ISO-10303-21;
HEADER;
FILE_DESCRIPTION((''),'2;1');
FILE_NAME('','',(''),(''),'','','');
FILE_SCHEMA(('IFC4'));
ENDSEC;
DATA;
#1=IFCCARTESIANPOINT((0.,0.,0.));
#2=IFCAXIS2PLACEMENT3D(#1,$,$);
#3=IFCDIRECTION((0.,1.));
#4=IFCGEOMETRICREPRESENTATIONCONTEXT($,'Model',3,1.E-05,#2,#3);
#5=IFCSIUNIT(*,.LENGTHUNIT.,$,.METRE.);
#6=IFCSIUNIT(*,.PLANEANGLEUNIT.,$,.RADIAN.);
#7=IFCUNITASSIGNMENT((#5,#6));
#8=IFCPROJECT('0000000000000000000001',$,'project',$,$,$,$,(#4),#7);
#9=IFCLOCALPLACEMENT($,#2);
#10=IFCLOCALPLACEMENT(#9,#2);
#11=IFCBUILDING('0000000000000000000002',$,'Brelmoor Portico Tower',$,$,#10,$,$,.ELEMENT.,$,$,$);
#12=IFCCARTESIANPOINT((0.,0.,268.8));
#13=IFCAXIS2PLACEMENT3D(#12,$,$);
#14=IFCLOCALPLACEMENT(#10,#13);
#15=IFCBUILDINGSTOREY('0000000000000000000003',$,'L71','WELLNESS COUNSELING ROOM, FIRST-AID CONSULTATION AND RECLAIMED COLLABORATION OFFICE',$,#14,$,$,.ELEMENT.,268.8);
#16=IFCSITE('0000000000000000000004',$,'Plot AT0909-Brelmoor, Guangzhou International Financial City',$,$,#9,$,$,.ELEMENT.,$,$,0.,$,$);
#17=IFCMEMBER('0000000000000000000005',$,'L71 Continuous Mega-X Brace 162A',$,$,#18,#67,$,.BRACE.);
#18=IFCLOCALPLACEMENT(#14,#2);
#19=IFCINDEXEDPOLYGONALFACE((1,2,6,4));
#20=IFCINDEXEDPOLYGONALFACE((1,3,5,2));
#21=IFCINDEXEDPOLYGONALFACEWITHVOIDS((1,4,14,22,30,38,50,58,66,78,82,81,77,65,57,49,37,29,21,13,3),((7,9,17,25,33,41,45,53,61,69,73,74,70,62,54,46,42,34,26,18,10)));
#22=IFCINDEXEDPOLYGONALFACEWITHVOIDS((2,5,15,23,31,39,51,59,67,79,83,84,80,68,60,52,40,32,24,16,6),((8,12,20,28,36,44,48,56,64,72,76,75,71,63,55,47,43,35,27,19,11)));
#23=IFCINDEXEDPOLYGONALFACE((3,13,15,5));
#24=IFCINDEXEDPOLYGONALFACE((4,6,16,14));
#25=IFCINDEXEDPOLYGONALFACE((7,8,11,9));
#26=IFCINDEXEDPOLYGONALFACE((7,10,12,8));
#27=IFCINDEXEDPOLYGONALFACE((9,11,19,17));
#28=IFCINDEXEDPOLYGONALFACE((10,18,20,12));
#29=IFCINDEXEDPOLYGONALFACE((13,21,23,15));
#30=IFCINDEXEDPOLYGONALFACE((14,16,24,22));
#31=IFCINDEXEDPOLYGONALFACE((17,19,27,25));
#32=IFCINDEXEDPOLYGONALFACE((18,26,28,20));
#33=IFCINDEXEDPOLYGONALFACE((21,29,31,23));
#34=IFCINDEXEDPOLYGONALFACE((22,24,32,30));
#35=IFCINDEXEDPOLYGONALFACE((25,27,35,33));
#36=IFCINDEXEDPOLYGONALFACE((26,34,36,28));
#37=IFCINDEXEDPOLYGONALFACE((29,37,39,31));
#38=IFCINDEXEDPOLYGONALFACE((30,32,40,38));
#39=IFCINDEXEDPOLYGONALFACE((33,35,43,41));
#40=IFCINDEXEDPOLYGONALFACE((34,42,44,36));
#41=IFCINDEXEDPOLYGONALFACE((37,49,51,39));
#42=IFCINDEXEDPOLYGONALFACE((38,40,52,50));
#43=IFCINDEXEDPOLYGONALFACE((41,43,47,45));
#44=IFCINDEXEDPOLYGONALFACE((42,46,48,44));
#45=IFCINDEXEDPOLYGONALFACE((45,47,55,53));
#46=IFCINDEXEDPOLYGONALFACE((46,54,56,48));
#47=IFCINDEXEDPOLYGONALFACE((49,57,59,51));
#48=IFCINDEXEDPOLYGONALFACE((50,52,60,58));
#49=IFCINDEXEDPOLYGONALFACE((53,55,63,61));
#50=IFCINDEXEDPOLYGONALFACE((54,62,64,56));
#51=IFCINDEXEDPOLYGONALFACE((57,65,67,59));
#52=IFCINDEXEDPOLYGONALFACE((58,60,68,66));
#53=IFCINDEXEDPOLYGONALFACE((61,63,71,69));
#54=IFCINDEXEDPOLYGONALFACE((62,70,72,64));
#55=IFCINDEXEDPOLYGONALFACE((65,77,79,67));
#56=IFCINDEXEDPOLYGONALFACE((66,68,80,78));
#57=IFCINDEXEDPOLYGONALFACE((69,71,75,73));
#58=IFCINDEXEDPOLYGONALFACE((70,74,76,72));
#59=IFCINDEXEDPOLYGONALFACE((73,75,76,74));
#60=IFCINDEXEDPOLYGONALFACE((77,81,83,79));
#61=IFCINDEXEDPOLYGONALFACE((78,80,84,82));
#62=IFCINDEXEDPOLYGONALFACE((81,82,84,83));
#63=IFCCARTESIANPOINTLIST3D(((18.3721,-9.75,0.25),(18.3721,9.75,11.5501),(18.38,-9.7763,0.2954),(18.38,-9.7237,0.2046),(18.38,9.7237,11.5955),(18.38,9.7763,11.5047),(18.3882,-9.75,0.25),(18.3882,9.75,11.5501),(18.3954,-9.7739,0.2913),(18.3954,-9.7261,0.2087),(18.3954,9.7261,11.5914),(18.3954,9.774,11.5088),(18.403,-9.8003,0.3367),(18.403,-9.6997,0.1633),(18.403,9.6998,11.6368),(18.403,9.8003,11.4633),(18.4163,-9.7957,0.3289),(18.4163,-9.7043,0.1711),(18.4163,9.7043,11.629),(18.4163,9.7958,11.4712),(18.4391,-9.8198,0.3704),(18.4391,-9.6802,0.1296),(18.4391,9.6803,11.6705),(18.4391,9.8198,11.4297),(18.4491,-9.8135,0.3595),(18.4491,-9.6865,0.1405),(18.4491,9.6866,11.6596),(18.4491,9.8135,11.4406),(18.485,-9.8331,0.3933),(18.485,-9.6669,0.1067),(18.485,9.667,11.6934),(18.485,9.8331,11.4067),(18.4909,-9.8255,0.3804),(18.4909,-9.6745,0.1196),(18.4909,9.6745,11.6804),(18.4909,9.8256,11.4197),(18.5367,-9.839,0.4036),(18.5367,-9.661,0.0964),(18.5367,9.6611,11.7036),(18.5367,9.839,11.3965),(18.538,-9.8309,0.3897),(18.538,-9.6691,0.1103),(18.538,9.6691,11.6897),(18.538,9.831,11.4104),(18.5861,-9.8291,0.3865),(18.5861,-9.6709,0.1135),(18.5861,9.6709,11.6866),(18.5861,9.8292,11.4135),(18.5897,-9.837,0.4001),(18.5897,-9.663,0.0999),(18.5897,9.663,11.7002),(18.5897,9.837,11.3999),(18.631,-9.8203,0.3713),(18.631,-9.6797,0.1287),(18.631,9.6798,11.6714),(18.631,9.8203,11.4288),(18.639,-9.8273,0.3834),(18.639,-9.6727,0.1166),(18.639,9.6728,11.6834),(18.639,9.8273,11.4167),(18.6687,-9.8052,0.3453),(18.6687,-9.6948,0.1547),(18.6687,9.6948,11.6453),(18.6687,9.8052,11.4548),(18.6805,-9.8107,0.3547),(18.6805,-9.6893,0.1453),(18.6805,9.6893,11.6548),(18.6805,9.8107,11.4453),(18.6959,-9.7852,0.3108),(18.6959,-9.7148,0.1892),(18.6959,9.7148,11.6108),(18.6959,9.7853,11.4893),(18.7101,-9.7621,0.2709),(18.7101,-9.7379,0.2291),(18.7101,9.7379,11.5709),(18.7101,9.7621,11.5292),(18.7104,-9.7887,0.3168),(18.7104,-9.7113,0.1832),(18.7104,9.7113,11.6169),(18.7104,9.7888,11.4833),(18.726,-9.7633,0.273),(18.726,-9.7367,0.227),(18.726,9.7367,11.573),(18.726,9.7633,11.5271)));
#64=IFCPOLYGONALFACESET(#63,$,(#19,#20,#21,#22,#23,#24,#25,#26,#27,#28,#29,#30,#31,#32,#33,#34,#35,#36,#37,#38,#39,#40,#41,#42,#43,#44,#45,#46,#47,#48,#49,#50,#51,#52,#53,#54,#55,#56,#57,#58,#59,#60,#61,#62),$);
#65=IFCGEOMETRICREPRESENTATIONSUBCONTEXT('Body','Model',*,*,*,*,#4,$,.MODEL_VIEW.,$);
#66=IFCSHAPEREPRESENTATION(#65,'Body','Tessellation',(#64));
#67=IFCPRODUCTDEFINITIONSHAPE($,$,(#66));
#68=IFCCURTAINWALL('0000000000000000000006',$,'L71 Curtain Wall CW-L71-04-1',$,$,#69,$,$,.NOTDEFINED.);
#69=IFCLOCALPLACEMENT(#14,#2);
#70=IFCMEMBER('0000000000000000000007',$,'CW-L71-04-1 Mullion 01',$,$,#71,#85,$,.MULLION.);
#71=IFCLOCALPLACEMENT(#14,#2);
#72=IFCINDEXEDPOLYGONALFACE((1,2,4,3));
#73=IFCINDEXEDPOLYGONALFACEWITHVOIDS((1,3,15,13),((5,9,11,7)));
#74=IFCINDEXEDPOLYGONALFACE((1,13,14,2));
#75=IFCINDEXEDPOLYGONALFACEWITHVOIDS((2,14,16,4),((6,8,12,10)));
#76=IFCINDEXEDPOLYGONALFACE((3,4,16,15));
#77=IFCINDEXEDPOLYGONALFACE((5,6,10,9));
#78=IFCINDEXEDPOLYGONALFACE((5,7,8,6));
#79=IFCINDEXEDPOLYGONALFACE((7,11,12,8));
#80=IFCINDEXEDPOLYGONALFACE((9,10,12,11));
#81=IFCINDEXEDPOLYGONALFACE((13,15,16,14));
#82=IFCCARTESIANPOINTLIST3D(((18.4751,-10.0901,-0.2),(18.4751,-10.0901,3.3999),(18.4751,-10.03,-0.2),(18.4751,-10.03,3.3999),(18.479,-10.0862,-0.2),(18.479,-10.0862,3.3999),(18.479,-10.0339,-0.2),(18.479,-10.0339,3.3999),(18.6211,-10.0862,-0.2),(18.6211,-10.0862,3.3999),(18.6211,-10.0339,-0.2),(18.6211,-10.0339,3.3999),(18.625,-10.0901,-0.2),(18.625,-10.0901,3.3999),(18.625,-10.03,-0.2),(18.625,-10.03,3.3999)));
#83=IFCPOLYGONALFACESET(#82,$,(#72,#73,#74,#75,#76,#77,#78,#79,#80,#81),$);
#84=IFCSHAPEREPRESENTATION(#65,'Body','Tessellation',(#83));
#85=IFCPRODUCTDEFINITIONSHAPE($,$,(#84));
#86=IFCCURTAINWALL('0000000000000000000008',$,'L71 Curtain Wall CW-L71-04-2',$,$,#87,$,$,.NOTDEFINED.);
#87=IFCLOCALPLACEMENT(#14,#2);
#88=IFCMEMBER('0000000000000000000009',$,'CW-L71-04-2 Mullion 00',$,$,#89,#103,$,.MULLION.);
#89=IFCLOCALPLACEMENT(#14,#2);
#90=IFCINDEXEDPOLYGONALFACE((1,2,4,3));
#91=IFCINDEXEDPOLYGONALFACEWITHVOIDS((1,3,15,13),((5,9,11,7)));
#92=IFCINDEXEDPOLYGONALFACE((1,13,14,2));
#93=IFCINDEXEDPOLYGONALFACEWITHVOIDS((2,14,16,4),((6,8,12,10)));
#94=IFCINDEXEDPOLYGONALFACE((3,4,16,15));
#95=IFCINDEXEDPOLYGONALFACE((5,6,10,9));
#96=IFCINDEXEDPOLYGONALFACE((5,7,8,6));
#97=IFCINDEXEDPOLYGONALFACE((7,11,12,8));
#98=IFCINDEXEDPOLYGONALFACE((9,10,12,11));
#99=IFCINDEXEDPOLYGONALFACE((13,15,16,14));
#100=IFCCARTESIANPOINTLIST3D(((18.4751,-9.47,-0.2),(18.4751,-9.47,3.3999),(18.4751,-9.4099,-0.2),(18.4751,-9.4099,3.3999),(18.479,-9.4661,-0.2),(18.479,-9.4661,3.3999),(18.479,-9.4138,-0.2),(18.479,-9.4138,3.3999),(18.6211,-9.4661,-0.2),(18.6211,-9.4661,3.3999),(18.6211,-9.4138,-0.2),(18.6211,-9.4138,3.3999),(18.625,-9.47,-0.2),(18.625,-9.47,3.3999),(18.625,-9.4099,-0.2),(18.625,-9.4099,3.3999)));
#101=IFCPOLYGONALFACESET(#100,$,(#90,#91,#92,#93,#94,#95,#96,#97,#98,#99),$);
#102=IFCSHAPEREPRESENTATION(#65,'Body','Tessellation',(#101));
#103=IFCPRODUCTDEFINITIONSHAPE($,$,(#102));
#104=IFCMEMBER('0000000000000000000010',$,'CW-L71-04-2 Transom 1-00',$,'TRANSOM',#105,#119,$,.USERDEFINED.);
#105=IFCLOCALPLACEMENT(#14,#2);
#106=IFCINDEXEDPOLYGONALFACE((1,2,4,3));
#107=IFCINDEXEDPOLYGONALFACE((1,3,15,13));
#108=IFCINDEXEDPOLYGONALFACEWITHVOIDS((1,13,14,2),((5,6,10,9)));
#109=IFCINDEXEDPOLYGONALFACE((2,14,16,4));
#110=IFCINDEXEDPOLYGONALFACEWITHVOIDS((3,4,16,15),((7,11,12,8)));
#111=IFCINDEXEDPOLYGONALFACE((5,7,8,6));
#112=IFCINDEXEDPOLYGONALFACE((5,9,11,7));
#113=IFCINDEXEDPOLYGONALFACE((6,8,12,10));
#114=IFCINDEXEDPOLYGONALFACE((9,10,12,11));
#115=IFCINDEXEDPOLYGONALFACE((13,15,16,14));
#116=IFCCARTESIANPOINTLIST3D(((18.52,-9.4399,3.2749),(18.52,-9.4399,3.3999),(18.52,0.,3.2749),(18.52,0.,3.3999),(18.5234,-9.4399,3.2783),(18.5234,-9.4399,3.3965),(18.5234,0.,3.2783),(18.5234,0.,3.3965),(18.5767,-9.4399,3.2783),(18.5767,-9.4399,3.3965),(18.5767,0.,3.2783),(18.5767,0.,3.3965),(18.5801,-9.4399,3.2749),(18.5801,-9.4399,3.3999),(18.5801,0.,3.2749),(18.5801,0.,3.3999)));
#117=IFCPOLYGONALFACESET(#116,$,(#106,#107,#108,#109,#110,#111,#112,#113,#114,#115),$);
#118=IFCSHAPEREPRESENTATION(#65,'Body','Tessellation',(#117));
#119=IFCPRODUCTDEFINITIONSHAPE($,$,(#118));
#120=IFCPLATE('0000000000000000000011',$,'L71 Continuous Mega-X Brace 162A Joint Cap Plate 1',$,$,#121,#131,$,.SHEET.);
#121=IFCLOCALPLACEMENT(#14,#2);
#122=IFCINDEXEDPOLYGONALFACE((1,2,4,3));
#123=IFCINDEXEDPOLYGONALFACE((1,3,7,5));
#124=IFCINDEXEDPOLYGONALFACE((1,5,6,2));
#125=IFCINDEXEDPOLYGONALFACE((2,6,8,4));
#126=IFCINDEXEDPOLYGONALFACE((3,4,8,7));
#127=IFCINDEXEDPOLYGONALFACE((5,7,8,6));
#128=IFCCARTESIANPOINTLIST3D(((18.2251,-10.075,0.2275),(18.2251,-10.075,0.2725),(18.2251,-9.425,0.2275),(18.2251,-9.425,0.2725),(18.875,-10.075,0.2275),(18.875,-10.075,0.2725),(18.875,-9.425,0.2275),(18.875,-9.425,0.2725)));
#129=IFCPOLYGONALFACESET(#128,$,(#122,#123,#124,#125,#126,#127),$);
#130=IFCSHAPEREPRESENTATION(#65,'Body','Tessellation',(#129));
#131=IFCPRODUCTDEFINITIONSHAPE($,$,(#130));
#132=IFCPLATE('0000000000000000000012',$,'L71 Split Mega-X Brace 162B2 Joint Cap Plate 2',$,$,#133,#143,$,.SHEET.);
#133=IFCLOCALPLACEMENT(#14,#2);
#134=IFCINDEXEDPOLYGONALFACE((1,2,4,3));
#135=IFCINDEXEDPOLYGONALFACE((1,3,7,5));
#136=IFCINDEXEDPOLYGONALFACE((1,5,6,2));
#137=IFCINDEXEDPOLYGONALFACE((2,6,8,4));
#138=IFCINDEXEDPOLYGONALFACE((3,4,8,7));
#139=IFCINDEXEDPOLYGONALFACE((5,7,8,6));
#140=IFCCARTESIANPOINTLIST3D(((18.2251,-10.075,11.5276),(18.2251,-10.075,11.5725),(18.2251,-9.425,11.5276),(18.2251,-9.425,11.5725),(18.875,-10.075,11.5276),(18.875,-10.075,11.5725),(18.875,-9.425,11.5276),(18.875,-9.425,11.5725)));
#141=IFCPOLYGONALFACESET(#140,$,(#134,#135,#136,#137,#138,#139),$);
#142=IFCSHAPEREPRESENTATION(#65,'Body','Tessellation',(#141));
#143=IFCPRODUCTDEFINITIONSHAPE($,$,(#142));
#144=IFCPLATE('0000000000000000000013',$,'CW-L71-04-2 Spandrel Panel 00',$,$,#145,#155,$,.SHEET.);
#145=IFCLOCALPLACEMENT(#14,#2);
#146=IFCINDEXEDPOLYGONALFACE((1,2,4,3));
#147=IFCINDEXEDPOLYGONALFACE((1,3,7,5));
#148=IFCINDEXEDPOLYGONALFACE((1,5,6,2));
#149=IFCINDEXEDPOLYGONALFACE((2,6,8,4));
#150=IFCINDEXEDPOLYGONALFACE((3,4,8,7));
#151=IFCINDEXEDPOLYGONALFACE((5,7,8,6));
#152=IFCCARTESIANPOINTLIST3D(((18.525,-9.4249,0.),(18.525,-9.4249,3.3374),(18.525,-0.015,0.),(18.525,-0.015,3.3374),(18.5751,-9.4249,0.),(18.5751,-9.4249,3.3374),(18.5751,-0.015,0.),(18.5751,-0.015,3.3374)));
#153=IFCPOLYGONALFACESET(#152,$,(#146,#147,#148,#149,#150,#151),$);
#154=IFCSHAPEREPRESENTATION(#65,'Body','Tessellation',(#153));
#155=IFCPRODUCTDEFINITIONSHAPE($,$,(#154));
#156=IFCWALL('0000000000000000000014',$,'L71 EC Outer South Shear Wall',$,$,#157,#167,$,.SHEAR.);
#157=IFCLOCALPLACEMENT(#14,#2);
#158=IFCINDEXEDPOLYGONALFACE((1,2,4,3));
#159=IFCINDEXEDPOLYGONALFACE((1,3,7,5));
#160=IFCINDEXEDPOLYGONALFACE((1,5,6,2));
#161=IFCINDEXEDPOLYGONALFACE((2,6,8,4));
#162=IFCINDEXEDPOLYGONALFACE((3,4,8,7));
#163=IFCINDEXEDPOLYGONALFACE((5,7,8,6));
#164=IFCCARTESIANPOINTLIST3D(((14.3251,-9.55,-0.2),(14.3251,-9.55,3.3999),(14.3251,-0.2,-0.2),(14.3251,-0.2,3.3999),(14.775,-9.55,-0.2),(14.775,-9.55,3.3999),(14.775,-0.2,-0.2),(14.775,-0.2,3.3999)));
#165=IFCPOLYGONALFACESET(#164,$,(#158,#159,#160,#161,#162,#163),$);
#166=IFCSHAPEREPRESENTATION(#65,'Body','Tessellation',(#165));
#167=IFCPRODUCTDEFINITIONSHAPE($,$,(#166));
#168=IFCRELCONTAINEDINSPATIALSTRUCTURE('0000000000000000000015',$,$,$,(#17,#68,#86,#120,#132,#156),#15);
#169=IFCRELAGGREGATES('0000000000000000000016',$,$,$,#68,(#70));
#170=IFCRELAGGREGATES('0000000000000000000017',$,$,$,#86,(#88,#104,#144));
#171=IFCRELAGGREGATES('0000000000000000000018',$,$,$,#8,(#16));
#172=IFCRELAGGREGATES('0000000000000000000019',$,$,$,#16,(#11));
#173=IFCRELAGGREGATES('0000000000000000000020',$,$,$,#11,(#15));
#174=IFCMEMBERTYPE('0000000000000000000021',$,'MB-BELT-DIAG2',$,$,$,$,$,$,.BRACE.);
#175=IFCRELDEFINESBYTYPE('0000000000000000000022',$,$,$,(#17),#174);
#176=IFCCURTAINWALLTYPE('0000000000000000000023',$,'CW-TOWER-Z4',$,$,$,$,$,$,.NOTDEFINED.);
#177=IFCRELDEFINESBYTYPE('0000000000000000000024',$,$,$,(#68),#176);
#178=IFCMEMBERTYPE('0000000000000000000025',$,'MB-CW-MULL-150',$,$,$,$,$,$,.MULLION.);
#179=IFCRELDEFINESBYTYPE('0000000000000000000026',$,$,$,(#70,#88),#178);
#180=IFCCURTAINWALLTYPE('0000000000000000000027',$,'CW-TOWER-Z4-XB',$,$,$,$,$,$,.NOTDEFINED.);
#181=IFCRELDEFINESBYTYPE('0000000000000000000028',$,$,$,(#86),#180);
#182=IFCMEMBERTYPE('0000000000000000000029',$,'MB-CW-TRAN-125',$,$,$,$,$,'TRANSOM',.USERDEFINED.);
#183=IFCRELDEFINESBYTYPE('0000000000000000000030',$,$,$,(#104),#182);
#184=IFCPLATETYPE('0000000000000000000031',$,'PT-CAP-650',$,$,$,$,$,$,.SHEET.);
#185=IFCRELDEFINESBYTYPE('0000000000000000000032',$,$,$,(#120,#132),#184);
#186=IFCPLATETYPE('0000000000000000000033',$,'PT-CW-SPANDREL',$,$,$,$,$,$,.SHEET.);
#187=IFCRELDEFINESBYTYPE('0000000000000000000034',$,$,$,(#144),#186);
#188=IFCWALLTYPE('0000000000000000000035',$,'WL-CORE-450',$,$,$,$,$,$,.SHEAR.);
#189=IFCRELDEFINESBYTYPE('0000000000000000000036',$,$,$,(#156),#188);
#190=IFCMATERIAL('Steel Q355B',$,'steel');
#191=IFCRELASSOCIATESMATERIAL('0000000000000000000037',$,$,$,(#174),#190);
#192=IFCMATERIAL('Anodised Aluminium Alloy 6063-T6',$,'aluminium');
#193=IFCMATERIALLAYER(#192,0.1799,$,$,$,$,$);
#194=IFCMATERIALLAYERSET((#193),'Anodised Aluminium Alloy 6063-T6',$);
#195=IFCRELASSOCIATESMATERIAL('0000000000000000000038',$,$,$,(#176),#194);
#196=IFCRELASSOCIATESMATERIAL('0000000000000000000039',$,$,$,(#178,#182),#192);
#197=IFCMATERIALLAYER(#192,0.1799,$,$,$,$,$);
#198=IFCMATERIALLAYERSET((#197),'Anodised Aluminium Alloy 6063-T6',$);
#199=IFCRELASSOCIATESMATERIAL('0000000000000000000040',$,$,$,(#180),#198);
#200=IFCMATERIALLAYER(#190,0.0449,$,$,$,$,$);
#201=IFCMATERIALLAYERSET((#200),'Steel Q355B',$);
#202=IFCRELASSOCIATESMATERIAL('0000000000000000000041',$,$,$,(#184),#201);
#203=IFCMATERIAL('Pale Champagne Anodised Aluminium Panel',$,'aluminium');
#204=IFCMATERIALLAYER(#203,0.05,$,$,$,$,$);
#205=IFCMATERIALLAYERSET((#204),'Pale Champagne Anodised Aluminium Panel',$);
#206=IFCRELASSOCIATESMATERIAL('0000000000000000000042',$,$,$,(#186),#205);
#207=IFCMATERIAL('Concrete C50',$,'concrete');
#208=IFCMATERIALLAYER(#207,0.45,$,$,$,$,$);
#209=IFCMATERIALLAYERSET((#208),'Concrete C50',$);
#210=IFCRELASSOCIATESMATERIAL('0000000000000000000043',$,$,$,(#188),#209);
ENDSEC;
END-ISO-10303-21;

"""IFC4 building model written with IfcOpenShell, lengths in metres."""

from ifc_helpers import new_model, si_unit, direction, frame, frame_2d, origin, origin_2d, place, context, subcontext, project, spatial, rectangle, hollow_rectangle, hollow_circle, extrude, material, layer, layer_set, material_profile, profile_set, type_object, element, aggregate, save


model = new_model("IFC4")

# Units and contexts
model_context = context("Model", 3, precision=1e-05, world=origin(), true_north=direction((0.0, 1.0)))
body_context = subcontext(model_context, "Body", "Model", "MODEL_VIEW")
ifc_project = project(units=[si_unit("LENGTHUNIT", "METRE"), si_unit("PLANEANGLEUNIT", "RADIAN")], contexts=[model_context])

# Site, building, storey
site_placement = place(None, origin())
site = spatial("IfcSite", under=ifc_project, at=site_placement, Name="Plot AT0909-Brelmoor, Guangzhou International Financial City", CompositionType="ELEMENT", RefElevation=0.0)
building_placement = place(site_placement, origin())
building = spatial("IfcBuilding", under=site, at=building_placement, Name="Brelmoor Portico Tower", CompositionType="ELEMENT")
storey_placement = place(building_placement, frame((0.0, 0.0, 268.8)))
storey = spatial("IfcBuildingStorey", under=building, at=storey_placement, Name="L71", Description="WELLNESS COUNSELING ROOM, FIRST-AID CONSULTATION AND RECLAIMED COLLABORATION OFFICE", CompositionType="ELEMENT", Elevation=268.8)

# Shared definitions
ifc_material_1 = material(Name="Steel Q355B", Category="steel")

# Member
ifc_material_profile_1 = material_profile(ifc_material_1, hollow_circle(Radius=0.178, WallThickness=0.0161, at=origin_2d()), Name="CHS 356x16")
ifc_profile_set_1 = profile_set([ifc_material_profile_1], Name="Steel Q355B")
member_type_1 = type_object("IfcMemberType", Name="MB-BELT-DIAG2", PredefinedType="BRACE", material=ifc_profile_set_1)
member_1_placement = place(storey_placement, frame((18.55, -9.75, 0.25), z_axis=(0.0, 0.865223, 0.501388), x_axis=(-1.0, 0.0, 0.0)))
element("IfcMember", 1, at=member_1_placement, inside=storey, type_object=member_type_1, Name="L71 Continuous Mega-X Brace 162A", PredefinedType="BRACE", context=body_context, shape_type="SweptSolid", body=[
    extrude(hollow_circle(Radius=0.178, WallThickness=0.0161, at=origin_2d()), origin(), (0.0, 0.0, 1.0), 22.5376),
])

# Curtain wall, member
ifc_material_2 = material(Name="Anodised Aluminium Alloy 6063-T6", Category="aluminium")
ifc_layer_1 = layer(ifc_material_2, 0.1799)
ifc_layer_set_1 = layer_set([ifc_layer_1], Name="Anodised Aluminium Alloy 6063-T6")
curtain_wall_type_1 = type_object("IfcCurtainWallType", Name="CW-TOWER-Z4", PredefinedType="NOTDEFINED", material=ifc_layer_set_1)
curtain_wall_1_placement = place(storey_placement, origin())
curtain_wall_1 = element("IfcCurtainWall", 2, at=curtain_wall_1_placement, inside=storey, type_object=curtain_wall_type_1, Name="L71 Curtain Wall CW-L71-04-1", PredefinedType="NOTDEFINED")
ifc_material_profile_2 = material_profile(ifc_material_2, hollow_rectangle(XDim=0.0601, YDim=0.1499, WallThickness=0.0039, at=origin_2d()), Name="ALU MULLION 60x150")
ifc_profile_set_2 = profile_set([ifc_material_profile_2], Name="Anodised Aluminium Alloy 6063-T6")
member_type_2 = type_object("IfcMemberType", Name="MB-CW-MULL-150", PredefinedType="MULLION", material=ifc_profile_set_2)
member_2_placement = place(storey_placement, frame((18.55, -10.0601, -0.2), z_axis=(0.0, 0.0, 1.0), x_axis=(0.0, 1.0, 0.0)))
member_2 = element("IfcMember", 3, at=member_2_placement, type_object=member_type_2, Name="CW-L71-04-1 Mullion 01", PredefinedType="MULLION", context=body_context, shape_type="SweptSolid", body=[
    extrude(hollow_rectangle(XDim=0.0601, YDim=0.1499, WallThickness=0.0039, at=origin_2d()), origin(), (0.0, 0.0, 1.0), 3.5999),
])
aggregate(curtain_wall_1, [member_2])

# Curtain wall, members
ifc_layer_2 = layer(ifc_material_2, 0.1799)
ifc_layer_set_2 = layer_set([ifc_layer_2], Name="Anodised Aluminium Alloy 6063-T6")
curtain_wall_type_2 = type_object("IfcCurtainWallType", Name="CW-TOWER-Z4-XB", PredefinedType="NOTDEFINED", material=ifc_layer_set_2)
curtain_wall_2_placement = place(storey_placement, origin())
curtain_wall_2 = element("IfcCurtainWall", 4, at=curtain_wall_2_placement, inside=storey, type_object=curtain_wall_type_2, Name="L71 Curtain Wall CW-L71-04-2", PredefinedType="NOTDEFINED")
member_3_placement = place(storey_placement, frame((18.55, -9.4399, -0.2), z_axis=(0.0, 0.0, 1.0), x_axis=(0.0, 1.0, 0.0)))
member_3 = element("IfcMember", 5, at=member_3_placement, type_object=member_type_2, Name="CW-L71-04-2 Mullion 00", PredefinedType="MULLION", context=body_context, shape_type="SweptSolid", body=[
    extrude(hollow_rectangle(XDim=0.0601, YDim=0.1499, WallThickness=0.0039, at=origin_2d()), origin(), (0.0, 0.0, 1.0), 3.5999),
])
ifc_material_profile_3 = material_profile(ifc_material_2, hollow_rectangle(XDim=0.0601, YDim=0.125, WallThickness=0.0034, at=origin_2d()), Name="ALU TRANSOM 60x125")
ifc_profile_set_3 = profile_set([ifc_material_profile_3], Name="Anodised Aluminium Alloy 6063-T6")
member_type_3 = type_object("IfcMemberType", Name="MB-CW-TRAN-125", ElementType="TRANSOM", PredefinedType="USERDEFINED", material=ifc_profile_set_3)
member_4_placement = place(storey_placement, frame((18.55, -9.4399, 3.3374), z_axis=(0.0, 1.0, 0.0), x_axis=(-1.0, 0.0, 0.0)))
member_4 = element("IfcMember", 6, at=member_4_placement, type_object=member_type_3, Name="CW-L71-04-2 Transom 1-00", ObjectType="TRANSOM", PredefinedType="USERDEFINED", context=body_context, shape_type="SweptSolid", body=[
    extrude(hollow_rectangle(XDim=0.0601, YDim=0.125, WallThickness=0.0034, at=origin_2d()), origin(), (0.0, 0.0, 1.0), 9.4399),
])

# Plates
ifc_layer_3 = layer(ifc_material_1, 0.0449)
ifc_layer_set_3 = layer_set([ifc_layer_3], Name="Steel Q355B")
plate_type_1 = type_object("IfcPlateType", Name="PT-CAP-650", PredefinedType="SHEET", material=ifc_layer_set_3)
for number, where, z_axis, x_axis, name in (
    (7, (18.55, -9.75, 0.2275), (0.0, 0.0, 1.0), (1.0, 0.0, 0.0), "L71 Continuous Mega-X Brace 162A Joint Cap Plate 1"),
    (8, (18.55, -9.75, 11.5276), (0.0, 0.0, 1.0), (1.0, 0.0, 0.0), "L71 Split Mega-X Brace 162B2 Joint Cap Plate 2"),
):
    element("IfcPlate", number, at=place(storey_placement, frame(where, z_axis=z_axis, x_axis=x_axis)), inside=storey, type_object=plate_type_1, Name=name, PredefinedType="SHEET", context=body_context, shape_type="SweptSolid", body=[
        extrude(rectangle(XDim=0.6499, YDim=0.6499, at=origin_2d()), origin(), (0.0, 0.0, 1.0), 0.0449),
    ])

# Plate
ifc_material_3 = material(Name="Pale Champagne Anodised Aluminium Panel", Category="aluminium")
ifc_layer_4 = layer(ifc_material_3, 0.05)
ifc_layer_set_4 = layer_set([ifc_layer_4], Name="Pale Champagne Anodised Aluminium Panel")
plate_type_2 = type_object("IfcPlateType", Name="PT-CW-SPANDREL", PredefinedType="SHEET", material=ifc_layer_set_4)
plate_placement = place(storey_placement, frame((18.55, -4.72, 0.0), z_axis=(0.0, 0.0, 1.0), x_axis=(0.0, 1.0, 0.0)))
plate = element("IfcPlate", 9, at=plate_placement, type_object=plate_type_2, Name="CW-L71-04-2 Spandrel Panel 00", PredefinedType="SHEET", context=body_context, shape_type="SweptSolid", body=[
    extrude(rectangle(XDim=9.4099, YDim=0.05, at=origin_2d()), origin(), (0.0, 0.0, 1.0), 3.3374),
])
aggregate(curtain_wall_2, [member_3, member_4, plate])

# Wall
ifc_material_4 = material(Name="Concrete C50", Category="concrete")
ifc_layer_5 = layer(ifc_material_4, 0.45)
ifc_layer_set_5 = layer_set([ifc_layer_5], Name="Concrete C50")
wall_type_1 = type_object("IfcWallType", Name="WL-CORE-450", PredefinedType="SHEAR", material=ifc_layer_set_5)
wall_1_placement = place(storey_placement, frame((14.55, -9.55, -0.2), z_axis=(0.0, 0.0, 1.0), x_axis=(0.0, 1.0, 0.0)))
element("IfcWall", 10, at=wall_1_placement, inside=storey, type_object=wall_type_1, Name="L71 EC Outer South Shear Wall", PredefinedType="SHEAR", context=body_context, shape_type="SweptSolid", body=[
    extrude(rectangle(XDim=9.3501, YDim=0.45, at=frame_2d((4.675, 0.0))), origin(), (0.0, 0.0, 1.0), 3.5999),
])

save(model, "model.ifc")
